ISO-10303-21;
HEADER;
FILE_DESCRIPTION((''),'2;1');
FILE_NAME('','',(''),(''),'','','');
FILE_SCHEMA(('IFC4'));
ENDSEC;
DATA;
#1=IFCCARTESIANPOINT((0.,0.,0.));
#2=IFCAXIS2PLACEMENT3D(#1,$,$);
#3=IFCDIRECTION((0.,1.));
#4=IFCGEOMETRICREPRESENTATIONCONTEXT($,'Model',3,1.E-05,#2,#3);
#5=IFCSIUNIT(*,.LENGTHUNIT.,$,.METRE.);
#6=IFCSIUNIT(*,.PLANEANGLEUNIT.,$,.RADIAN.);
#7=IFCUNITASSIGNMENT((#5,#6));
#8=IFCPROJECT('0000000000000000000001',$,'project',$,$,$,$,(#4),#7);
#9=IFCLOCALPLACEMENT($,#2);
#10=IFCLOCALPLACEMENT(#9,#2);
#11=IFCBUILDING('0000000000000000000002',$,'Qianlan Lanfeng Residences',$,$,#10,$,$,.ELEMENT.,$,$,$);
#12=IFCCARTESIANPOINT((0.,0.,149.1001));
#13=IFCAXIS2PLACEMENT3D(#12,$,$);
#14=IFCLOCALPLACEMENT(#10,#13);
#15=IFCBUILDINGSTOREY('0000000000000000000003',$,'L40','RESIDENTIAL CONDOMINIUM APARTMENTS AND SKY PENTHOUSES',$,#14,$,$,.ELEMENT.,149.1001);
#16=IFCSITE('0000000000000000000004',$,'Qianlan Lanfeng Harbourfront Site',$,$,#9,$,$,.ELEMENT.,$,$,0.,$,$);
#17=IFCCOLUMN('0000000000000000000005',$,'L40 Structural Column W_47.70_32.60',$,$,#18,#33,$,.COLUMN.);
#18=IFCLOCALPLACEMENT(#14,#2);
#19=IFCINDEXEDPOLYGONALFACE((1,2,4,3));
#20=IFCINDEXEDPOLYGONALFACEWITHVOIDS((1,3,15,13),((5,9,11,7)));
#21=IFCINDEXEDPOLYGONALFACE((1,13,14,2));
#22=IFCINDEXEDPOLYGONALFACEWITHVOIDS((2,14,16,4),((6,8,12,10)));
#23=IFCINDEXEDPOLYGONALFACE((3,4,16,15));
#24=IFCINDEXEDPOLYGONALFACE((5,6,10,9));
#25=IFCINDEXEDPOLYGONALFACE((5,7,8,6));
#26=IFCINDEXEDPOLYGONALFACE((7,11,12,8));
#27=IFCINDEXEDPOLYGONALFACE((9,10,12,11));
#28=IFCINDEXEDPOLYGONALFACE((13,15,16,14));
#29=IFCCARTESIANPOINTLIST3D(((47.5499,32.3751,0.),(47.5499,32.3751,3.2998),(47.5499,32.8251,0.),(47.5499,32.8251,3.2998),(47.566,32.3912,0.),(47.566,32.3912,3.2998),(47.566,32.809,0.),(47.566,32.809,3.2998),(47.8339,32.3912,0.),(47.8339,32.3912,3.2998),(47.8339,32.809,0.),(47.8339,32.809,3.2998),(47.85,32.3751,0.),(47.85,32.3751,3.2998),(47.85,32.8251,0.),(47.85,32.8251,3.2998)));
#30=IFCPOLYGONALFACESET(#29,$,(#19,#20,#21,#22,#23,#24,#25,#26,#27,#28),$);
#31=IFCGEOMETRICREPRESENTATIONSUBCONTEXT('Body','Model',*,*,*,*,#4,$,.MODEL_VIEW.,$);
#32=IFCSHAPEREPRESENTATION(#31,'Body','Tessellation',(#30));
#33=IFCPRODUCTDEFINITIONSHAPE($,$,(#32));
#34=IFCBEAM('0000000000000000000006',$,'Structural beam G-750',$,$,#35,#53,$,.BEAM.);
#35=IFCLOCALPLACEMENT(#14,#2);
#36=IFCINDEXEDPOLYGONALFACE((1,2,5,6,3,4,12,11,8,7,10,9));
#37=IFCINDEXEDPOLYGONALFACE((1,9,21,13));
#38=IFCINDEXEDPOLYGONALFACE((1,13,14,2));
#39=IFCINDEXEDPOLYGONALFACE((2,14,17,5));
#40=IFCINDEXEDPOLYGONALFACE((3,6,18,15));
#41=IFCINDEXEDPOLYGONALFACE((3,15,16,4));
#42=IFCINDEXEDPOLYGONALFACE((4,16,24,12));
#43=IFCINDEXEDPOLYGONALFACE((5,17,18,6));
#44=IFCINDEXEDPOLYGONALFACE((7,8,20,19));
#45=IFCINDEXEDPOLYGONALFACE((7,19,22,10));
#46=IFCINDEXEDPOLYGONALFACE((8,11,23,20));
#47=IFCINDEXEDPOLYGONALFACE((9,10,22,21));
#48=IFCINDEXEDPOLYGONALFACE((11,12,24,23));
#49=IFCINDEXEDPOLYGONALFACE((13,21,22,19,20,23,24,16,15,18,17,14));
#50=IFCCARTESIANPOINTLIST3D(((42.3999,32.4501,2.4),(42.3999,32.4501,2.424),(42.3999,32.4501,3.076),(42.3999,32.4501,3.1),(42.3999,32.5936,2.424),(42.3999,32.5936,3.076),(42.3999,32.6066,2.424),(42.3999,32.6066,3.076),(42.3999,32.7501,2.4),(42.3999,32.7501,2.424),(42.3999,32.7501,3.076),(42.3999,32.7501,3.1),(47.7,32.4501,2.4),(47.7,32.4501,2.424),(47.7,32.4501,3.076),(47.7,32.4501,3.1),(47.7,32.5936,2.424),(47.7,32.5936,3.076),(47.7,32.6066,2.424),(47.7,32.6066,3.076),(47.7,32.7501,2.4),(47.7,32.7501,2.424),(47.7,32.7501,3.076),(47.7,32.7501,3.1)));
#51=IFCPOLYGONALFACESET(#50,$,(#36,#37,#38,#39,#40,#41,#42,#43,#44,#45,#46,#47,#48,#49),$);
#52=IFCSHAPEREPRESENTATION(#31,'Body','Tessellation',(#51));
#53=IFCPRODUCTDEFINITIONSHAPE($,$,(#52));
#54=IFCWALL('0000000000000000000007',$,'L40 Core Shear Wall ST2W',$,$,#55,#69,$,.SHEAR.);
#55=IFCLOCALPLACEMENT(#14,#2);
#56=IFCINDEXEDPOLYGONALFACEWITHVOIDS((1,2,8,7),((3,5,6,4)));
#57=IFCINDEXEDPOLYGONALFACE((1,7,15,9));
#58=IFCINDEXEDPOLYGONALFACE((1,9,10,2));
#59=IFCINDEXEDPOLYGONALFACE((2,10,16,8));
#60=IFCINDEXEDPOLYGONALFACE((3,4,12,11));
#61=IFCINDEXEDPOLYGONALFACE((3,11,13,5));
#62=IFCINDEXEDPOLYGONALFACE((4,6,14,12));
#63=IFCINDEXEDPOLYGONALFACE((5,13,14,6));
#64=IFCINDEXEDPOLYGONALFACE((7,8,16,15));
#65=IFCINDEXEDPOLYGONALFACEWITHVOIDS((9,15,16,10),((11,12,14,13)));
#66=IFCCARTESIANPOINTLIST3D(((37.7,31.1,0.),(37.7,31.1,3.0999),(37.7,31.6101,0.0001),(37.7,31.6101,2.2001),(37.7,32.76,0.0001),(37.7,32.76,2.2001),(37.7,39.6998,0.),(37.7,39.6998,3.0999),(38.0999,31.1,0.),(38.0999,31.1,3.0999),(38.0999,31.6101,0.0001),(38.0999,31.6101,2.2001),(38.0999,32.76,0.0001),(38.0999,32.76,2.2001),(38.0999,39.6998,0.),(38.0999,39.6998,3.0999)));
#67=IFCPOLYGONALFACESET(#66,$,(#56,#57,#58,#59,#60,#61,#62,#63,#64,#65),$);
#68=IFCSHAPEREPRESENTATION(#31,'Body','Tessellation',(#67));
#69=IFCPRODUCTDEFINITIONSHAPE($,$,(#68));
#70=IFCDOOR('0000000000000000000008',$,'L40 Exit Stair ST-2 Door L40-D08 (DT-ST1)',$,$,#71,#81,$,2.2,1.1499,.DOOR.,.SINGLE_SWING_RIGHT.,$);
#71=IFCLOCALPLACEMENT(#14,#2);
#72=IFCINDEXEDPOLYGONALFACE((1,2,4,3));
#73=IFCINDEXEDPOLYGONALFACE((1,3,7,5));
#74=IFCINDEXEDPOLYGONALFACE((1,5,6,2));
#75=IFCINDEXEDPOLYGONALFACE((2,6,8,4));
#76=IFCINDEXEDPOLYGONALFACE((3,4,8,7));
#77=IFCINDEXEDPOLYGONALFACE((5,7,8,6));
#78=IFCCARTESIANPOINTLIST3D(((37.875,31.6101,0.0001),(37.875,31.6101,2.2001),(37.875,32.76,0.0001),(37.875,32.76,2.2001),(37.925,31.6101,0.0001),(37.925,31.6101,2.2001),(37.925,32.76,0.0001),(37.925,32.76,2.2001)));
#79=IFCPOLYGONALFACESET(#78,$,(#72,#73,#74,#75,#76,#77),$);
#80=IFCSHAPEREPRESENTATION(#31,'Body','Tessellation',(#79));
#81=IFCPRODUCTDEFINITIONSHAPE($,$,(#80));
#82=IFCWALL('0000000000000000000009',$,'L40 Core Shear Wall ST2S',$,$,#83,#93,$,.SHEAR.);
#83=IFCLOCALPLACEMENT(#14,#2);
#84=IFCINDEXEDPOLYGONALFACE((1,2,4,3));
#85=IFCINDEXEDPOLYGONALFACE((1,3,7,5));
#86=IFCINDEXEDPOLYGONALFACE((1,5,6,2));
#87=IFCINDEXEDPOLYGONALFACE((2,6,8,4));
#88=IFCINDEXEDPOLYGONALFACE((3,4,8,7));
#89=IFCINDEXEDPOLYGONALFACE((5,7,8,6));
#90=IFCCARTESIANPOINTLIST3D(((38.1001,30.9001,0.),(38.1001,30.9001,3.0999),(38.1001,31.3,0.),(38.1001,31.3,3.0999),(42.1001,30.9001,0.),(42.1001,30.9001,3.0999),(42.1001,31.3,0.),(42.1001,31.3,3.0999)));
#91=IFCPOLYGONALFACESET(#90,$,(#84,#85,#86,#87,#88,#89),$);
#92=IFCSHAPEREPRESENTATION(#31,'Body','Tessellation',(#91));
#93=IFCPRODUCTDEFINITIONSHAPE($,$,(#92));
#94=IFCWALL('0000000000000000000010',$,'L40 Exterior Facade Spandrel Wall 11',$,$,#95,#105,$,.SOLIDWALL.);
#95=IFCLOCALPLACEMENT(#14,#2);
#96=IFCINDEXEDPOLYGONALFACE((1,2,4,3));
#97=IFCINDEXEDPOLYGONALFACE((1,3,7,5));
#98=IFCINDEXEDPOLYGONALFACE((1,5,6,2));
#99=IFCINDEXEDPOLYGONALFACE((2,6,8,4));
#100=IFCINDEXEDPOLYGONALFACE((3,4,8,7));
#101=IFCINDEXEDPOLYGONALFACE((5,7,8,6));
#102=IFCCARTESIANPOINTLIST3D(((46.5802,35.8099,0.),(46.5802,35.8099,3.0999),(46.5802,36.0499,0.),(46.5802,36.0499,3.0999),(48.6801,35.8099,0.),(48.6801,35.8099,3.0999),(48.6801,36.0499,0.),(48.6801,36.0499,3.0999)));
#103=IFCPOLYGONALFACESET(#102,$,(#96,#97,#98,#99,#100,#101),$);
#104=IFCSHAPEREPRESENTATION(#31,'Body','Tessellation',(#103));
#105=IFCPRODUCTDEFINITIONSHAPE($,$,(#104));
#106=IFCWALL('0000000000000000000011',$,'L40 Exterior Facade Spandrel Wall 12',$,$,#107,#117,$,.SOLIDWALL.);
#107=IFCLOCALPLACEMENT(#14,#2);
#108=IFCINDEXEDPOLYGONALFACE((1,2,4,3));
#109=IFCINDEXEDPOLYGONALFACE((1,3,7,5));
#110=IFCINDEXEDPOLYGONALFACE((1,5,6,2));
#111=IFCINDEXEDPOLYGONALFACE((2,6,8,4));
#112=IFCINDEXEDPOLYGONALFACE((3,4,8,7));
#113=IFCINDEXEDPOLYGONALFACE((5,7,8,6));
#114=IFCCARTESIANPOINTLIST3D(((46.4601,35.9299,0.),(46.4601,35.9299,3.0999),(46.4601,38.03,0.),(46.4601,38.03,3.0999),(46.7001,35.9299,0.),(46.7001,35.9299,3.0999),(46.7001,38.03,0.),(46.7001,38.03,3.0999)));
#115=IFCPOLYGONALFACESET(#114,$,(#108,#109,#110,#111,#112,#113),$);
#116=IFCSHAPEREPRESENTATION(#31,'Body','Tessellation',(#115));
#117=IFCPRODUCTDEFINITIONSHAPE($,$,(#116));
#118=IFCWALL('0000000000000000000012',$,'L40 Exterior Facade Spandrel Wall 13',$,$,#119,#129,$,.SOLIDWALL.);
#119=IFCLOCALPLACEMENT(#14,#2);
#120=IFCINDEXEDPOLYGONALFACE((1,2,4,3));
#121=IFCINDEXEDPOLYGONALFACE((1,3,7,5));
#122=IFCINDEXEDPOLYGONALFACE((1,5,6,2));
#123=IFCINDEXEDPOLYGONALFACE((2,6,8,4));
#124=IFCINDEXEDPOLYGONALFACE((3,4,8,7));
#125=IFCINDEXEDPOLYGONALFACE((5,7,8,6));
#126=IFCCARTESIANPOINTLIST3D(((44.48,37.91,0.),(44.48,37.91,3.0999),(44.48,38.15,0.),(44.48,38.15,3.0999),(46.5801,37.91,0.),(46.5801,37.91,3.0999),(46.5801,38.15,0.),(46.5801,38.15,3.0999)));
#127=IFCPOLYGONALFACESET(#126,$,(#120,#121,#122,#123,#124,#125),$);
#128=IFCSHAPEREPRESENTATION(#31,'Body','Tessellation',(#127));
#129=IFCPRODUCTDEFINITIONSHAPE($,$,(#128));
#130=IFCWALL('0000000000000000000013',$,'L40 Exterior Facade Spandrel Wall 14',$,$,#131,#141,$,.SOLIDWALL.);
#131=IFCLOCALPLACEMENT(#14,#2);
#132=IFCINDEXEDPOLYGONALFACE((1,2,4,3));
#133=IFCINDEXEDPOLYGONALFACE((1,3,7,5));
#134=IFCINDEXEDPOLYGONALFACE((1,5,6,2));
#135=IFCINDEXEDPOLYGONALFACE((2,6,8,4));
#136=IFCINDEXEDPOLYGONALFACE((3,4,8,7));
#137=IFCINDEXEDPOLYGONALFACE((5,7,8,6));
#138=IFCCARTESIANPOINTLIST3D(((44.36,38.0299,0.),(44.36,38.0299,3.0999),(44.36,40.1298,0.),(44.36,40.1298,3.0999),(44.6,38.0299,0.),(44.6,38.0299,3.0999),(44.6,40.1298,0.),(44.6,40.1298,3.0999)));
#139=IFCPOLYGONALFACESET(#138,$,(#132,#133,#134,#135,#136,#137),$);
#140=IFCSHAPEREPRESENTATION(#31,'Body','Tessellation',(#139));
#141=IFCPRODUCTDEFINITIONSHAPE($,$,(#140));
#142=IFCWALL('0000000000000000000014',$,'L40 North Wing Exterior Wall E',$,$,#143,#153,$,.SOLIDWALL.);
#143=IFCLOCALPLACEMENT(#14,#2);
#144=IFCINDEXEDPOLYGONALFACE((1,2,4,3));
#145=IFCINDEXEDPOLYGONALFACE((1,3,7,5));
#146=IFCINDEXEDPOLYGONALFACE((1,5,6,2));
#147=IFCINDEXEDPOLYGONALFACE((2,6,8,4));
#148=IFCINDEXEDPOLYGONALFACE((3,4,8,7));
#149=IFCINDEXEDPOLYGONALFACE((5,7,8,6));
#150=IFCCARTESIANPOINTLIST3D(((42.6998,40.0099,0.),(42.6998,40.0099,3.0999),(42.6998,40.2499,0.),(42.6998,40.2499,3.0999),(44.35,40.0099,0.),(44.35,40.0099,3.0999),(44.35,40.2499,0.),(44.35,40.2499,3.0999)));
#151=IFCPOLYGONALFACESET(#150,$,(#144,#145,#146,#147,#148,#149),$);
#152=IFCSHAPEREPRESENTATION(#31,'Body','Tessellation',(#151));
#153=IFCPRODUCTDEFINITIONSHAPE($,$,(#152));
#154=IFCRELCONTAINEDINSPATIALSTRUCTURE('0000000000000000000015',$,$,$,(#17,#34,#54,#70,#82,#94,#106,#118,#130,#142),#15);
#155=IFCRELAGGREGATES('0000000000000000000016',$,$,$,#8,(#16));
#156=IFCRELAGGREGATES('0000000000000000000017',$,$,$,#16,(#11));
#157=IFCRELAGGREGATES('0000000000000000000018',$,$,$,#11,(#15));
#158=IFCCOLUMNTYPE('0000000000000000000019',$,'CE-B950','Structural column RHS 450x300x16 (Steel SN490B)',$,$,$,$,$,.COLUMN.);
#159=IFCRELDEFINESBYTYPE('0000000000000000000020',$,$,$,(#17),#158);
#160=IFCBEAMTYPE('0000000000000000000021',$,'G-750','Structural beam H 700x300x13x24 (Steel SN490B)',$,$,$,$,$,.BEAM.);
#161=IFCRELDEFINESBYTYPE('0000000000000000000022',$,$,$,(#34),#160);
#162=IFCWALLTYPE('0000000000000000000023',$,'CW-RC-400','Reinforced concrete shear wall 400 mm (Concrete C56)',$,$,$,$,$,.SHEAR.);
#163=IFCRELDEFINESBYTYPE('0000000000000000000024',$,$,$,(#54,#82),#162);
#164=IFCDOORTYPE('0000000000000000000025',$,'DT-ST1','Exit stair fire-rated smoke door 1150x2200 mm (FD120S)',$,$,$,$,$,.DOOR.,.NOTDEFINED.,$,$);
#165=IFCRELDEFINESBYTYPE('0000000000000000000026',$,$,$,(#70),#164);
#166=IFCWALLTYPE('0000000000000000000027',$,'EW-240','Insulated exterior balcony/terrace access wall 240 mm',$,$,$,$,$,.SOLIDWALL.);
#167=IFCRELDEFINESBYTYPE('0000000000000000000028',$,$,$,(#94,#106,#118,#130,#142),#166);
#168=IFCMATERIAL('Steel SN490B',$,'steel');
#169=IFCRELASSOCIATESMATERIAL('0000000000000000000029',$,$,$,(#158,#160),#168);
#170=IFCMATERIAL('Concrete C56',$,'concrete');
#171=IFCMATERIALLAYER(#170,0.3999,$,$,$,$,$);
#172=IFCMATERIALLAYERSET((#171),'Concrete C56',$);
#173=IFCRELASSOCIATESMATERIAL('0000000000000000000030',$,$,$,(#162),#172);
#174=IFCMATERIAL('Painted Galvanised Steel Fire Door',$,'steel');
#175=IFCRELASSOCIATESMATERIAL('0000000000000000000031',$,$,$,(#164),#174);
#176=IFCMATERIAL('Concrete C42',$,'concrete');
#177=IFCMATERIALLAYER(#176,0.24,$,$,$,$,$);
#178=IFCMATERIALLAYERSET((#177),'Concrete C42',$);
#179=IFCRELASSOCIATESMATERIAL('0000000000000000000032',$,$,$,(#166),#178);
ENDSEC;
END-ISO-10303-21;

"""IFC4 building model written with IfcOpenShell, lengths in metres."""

from ifc_helpers import new_model, si_unit, direction, frame, frame_2d, origin, origin_2d, place, context, subcontext, project, spatial, rectangle, hollow_rectangle, i_section, extrude, material, layer, layer_set, material_profile, profile_set, type_object, element, fill, save


model = new_model("IFC4")

# Units and contexts
model_context = context("Model", 3, precision=1e-05, world=origin(), true_north=direction((0.0, 1.0)))
body_context = subcontext(model_context, "Body", "Model", "MODEL_VIEW")
ifc_project = project(units=[si_unit("LENGTHUNIT", "METRE"), si_unit("PLANEANGLEUNIT", "RADIAN")], contexts=[model_context])

# Site, building, storey
site_placement = place(None, origin())
site = spatial("IfcSite", under=ifc_project, at=site_placement, Name="Qianlan Lanfeng Harbourfront Site", CompositionType="ELEMENT", RefElevation=0.0)
building_placement = place(site_placement, origin())
building = spatial("IfcBuilding", under=site, at=building_placement, Name="Qianlan Lanfeng Residences", CompositionType="ELEMENT")
storey_placement = place(building_placement, frame((0.0, 0.0, 149.1001)))
storey = spatial("IfcBuildingStorey", under=building, at=storey_placement, Name="L40", Description="RESIDENTIAL CONDOMINIUM APARTMENTS AND SKY PENTHOUSES", CompositionType="ELEMENT", Elevation=149.1001)

# Column
ifc_material_1 = material(Name="Steel SN490B", Category="steel")
ifc_material_profile_1 = material_profile(ifc_material_1, hollow_rectangle(XDim=0.3, YDim=0.45, WallThickness=0.0161, at=origin_2d()), Name="RHS 450x300x16")
ifc_profile_set_1 = profile_set([ifc_material_profile_1], Name="Steel SN490B")
column_type = type_object("IfcColumnType", Name="CE-B950", Description="Structural column RHS 450x300x16 (Steel SN490B)", PredefinedType="COLUMN", material=ifc_profile_set_1)
column_placement = place(storey_placement, frame((47.7, 32.6001, 0.0), z_axis=(0.0, 0.0, 1.0), x_axis=(1.0, 0.0, 0.0)))
element("IfcColumn", 1, at=column_placement, inside=storey, type_object=column_type, Name="L40 Structural Column W_47.70_32.60", PredefinedType="COLUMN", context=body_context, shape_type="SweptSolid", body=[
    extrude(hollow_rectangle(XDim=0.3, YDim=0.45, WallThickness=0.0161, at=origin_2d()), origin(), (0.0, 0.0, 1.0), 3.2998),
])

# Beam
ifc_material_profile_2 = material_profile(ifc_material_1, i_section(OverallWidth=0.3, OverallDepth=0.7, WebThickness=0.0129, FlangeThickness=0.0239, at=origin_2d()), Name="H 700x300x13x24")
ifc_profile_set_2 = profile_set([ifc_material_profile_2], Name="Steel SN490B")
beam_type = type_object("IfcBeamType", Name="G-750", Description="Structural beam H 700x300x13x24 (Steel SN490B)", PredefinedType="BEAM", material=ifc_profile_set_2)
beam_placement = place(storey_placement, frame((42.3999, 32.6001, 2.75), z_axis=(1.0, 0.0, 0.0), x_axis=(0.0, 1.0, 0.0)))
element("IfcBeam", 2, at=beam_placement, inside=storey, type_object=beam_type, Name="Structural beam G-750", PredefinedType="BEAM", context=body_context, shape_type="SweptSolid", body=[
    extrude(i_section(OverallWidth=0.3, OverallDepth=0.7, WebThickness=0.0129, FlangeThickness=0.0239, at=origin_2d()), origin(), (0.0, 0.0, 1.0), 5.3),
])

# Wall, opening, door
ifc_material_2 = material(Name="Concrete C56", Category="concrete")
ifc_layer_1 = layer(ifc_material_2, 0.3999)
ifc_layer_set_1 = layer_set([ifc_layer_1], Name="Concrete C56")
wall_type_1 = type_object("IfcWallType", Name="CW-RC-400", Description="Reinforced concrete shear wall 400 mm (Concrete C56)", PredefinedType="SHEAR", material=ifc_layer_set_1)
wall_1_placement = place(storey_placement, frame((37.8999, 31.1001, 0.0), z_axis=(0.0, 0.0, 1.0), x_axis=(0.0, 1.0, 0.0)))
wall_1 = element("IfcWall", 3, at=wall_1_placement, inside=storey, type_object=wall_type_1, Name="L40 Core Shear Wall ST2W", PredefinedType="SHEAR", context=body_context, shape_type="SweptSolid", body=[
    extrude(rectangle(XDim=8.5999, YDim=0.3999, at=frame_2d((4.2998, 0.0))), origin(), (0.0, 0.0, 1.0), 3.0999),
])
opening_1_placement = place(wall_1_placement, frame((0.51, 0.0, 0.0)))
opening_1 = element("IfcOpeningElement", 4, at=opening_1_placement, cuts=wall_1, PredefinedType="OPENING", context=body_context, shape_type="SweptSolid", body=[
    extrude(rectangle(XDim=1.1499, YDim=2.2, at=frame_2d((0.575, 1.1001))), frame((0.0, 0.21, 0.0), z_axis=(0.0, -1.0, 0.0), x_axis=(1.0, 0.0, 0.0)), (0.0, 0.0, 1.0), 0.4199),
])
ifc_material_3 = material(Name="Painted Galvanised Steel Fire Door", Category="steel")
door_type_1 = type_object("IfcDoorType", Name="DT-ST1", Description="Exit stair fire-rated smoke door 1150x2200 mm (FD120S)", OperationType="NOTDEFINED", PredefinedType="DOOR", material=ifc_material_3)
door_1_placement = place(opening_1_placement, origin())
door_1 = element("IfcDoor", 5, at=door_1_placement, inside=storey, type_object=door_type_1, Name="L40 Exit Stair ST-2 Door L40-D08 (DT-ST1)", OperationType="SINGLE_SWING_RIGHT", OverallHeight=2.2, OverallWidth=1.1499, PredefinedType="DOOR", context=body_context, shape_type="SweptSolid", body=[
    extrude(rectangle(XDim=1.1499, YDim=2.2, at=frame_2d((0.575, 1.1001))), frame((0.0, 0.0249, 0.0), z_axis=(0.0, -1.0, 0.0), x_axis=(1.0, 0.0, 0.0)), (0.0, 0.0, 1.0), 0.05),
])
fill(opening_1, door_1)

# Walls
wall_2_placement = place(storey_placement, frame((38.1001, 31.1001, 0.0), z_axis=(0.0, 0.0, 1.0), x_axis=(1.0, 0.0, 0.0)))
element("IfcWall", 6, at=wall_2_placement, inside=storey, type_object=wall_type_1, Name="L40 Core Shear Wall ST2S", PredefinedType="SHEAR", context=body_context, shape_type="SweptSolid", body=[
    extrude(rectangle(XDim=4.0, YDim=0.3999, at=frame_2d((2.0, 0.0))), origin(), (0.0, 0.0, 1.0), 3.0999),
])
ifc_material_4 = material(Name="Concrete C42", Category="concrete")
ifc_layer_2 = layer(ifc_material_4, 0.24)
ifc_layer_set_2 = layer_set([ifc_layer_2], Name="Concrete C42")
wall_type_2 = type_object("IfcWallType", Name="EW-240", Description="Insulated exterior balcony/terrace access wall 240 mm", PredefinedType="SOLIDWALL", material=ifc_layer_set_2)
wall_3_placement = place(storey_placement, frame((48.6799, 35.9299, 0.0), z_axis=(0.0, 0.0, 1.0), x_axis=(-1.0, 0.0, 0.0)))
element("IfcWall", 7, at=wall_3_placement, inside=storey, type_object=wall_type_2, Name="L40 Exterior Facade Spandrel Wall 11", PredefinedType="SOLIDWALL", context=body_context, shape_type="SweptSolid", body=[
    extrude(rectangle(XDim=2.0999, YDim=0.24, at=frame_2d((1.0498, 0.0))), origin(), (0.0, 0.0, 1.0), 3.0999),
])
for number, where, z_axis, x_axis, name in (
    (8, (46.5801, 35.9299, 0.0), (0.0, 0.0, 1.0), (0.0, 1.0, 0.0), "L40 Exterior Facade Spandrel Wall 12"),
    (9, (46.5801, 38.03, 0.0), (0.0, 0.0, 1.0), (-1.0, 0.0, 0.0), "L40 Exterior Facade Spandrel Wall 13"),
):
    element("IfcWall", number, at=place(storey_placement, frame(where, z_axis=z_axis, x_axis=x_axis)), inside=storey, type_object=wall_type_2, Name=name, PredefinedType="SOLIDWALL", context=body_context, shape_type="SweptSolid", body=[
        extrude(rectangle(XDim=2.1001, YDim=0.24, at=frame_2d((1.05, 0.0))), origin(), (0.0, 0.0, 1.0), 3.0999),
    ])
wall_4_placement = place(storey_placement, frame((44.48, 38.03, 0.0), z_axis=(0.0, 0.0, 1.0), x_axis=(0.0, 1.0, 0.0)))
element("IfcWall", 10, at=wall_4_placement, inside=storey, type_object=wall_type_2, Name="L40 Exterior Facade Spandrel Wall 14", PredefinedType="SOLIDWALL", context=body_context, shape_type="SweptSolid", body=[
    extrude(rectangle(XDim=2.0999, YDim=0.24, at=frame_2d((1.0498, 0.0))), origin(), (0.0, 0.0, 1.0), 3.0999),
])
wall_5_placement = place(storey_placement, frame((44.3501, 40.1299, 0.0), z_axis=(0.0, 0.0, 1.0), x_axis=(-1.0, 0.0, 0.0)))
element("IfcWall", 11, at=wall_5_placement, inside=storey, type_object=wall_type_2, Name="L40 North Wing Exterior Wall E", PredefinedType="SOLIDWALL", context=body_context, shape_type="SweptSolid", body=[
    extrude(rectangle(XDim=1.6501, YDim=0.24, at=frame_2d((0.8252, 0.0))), origin(), (0.0, 0.0, 1.0), 3.0999),
])

save(model, "model.ifc")
